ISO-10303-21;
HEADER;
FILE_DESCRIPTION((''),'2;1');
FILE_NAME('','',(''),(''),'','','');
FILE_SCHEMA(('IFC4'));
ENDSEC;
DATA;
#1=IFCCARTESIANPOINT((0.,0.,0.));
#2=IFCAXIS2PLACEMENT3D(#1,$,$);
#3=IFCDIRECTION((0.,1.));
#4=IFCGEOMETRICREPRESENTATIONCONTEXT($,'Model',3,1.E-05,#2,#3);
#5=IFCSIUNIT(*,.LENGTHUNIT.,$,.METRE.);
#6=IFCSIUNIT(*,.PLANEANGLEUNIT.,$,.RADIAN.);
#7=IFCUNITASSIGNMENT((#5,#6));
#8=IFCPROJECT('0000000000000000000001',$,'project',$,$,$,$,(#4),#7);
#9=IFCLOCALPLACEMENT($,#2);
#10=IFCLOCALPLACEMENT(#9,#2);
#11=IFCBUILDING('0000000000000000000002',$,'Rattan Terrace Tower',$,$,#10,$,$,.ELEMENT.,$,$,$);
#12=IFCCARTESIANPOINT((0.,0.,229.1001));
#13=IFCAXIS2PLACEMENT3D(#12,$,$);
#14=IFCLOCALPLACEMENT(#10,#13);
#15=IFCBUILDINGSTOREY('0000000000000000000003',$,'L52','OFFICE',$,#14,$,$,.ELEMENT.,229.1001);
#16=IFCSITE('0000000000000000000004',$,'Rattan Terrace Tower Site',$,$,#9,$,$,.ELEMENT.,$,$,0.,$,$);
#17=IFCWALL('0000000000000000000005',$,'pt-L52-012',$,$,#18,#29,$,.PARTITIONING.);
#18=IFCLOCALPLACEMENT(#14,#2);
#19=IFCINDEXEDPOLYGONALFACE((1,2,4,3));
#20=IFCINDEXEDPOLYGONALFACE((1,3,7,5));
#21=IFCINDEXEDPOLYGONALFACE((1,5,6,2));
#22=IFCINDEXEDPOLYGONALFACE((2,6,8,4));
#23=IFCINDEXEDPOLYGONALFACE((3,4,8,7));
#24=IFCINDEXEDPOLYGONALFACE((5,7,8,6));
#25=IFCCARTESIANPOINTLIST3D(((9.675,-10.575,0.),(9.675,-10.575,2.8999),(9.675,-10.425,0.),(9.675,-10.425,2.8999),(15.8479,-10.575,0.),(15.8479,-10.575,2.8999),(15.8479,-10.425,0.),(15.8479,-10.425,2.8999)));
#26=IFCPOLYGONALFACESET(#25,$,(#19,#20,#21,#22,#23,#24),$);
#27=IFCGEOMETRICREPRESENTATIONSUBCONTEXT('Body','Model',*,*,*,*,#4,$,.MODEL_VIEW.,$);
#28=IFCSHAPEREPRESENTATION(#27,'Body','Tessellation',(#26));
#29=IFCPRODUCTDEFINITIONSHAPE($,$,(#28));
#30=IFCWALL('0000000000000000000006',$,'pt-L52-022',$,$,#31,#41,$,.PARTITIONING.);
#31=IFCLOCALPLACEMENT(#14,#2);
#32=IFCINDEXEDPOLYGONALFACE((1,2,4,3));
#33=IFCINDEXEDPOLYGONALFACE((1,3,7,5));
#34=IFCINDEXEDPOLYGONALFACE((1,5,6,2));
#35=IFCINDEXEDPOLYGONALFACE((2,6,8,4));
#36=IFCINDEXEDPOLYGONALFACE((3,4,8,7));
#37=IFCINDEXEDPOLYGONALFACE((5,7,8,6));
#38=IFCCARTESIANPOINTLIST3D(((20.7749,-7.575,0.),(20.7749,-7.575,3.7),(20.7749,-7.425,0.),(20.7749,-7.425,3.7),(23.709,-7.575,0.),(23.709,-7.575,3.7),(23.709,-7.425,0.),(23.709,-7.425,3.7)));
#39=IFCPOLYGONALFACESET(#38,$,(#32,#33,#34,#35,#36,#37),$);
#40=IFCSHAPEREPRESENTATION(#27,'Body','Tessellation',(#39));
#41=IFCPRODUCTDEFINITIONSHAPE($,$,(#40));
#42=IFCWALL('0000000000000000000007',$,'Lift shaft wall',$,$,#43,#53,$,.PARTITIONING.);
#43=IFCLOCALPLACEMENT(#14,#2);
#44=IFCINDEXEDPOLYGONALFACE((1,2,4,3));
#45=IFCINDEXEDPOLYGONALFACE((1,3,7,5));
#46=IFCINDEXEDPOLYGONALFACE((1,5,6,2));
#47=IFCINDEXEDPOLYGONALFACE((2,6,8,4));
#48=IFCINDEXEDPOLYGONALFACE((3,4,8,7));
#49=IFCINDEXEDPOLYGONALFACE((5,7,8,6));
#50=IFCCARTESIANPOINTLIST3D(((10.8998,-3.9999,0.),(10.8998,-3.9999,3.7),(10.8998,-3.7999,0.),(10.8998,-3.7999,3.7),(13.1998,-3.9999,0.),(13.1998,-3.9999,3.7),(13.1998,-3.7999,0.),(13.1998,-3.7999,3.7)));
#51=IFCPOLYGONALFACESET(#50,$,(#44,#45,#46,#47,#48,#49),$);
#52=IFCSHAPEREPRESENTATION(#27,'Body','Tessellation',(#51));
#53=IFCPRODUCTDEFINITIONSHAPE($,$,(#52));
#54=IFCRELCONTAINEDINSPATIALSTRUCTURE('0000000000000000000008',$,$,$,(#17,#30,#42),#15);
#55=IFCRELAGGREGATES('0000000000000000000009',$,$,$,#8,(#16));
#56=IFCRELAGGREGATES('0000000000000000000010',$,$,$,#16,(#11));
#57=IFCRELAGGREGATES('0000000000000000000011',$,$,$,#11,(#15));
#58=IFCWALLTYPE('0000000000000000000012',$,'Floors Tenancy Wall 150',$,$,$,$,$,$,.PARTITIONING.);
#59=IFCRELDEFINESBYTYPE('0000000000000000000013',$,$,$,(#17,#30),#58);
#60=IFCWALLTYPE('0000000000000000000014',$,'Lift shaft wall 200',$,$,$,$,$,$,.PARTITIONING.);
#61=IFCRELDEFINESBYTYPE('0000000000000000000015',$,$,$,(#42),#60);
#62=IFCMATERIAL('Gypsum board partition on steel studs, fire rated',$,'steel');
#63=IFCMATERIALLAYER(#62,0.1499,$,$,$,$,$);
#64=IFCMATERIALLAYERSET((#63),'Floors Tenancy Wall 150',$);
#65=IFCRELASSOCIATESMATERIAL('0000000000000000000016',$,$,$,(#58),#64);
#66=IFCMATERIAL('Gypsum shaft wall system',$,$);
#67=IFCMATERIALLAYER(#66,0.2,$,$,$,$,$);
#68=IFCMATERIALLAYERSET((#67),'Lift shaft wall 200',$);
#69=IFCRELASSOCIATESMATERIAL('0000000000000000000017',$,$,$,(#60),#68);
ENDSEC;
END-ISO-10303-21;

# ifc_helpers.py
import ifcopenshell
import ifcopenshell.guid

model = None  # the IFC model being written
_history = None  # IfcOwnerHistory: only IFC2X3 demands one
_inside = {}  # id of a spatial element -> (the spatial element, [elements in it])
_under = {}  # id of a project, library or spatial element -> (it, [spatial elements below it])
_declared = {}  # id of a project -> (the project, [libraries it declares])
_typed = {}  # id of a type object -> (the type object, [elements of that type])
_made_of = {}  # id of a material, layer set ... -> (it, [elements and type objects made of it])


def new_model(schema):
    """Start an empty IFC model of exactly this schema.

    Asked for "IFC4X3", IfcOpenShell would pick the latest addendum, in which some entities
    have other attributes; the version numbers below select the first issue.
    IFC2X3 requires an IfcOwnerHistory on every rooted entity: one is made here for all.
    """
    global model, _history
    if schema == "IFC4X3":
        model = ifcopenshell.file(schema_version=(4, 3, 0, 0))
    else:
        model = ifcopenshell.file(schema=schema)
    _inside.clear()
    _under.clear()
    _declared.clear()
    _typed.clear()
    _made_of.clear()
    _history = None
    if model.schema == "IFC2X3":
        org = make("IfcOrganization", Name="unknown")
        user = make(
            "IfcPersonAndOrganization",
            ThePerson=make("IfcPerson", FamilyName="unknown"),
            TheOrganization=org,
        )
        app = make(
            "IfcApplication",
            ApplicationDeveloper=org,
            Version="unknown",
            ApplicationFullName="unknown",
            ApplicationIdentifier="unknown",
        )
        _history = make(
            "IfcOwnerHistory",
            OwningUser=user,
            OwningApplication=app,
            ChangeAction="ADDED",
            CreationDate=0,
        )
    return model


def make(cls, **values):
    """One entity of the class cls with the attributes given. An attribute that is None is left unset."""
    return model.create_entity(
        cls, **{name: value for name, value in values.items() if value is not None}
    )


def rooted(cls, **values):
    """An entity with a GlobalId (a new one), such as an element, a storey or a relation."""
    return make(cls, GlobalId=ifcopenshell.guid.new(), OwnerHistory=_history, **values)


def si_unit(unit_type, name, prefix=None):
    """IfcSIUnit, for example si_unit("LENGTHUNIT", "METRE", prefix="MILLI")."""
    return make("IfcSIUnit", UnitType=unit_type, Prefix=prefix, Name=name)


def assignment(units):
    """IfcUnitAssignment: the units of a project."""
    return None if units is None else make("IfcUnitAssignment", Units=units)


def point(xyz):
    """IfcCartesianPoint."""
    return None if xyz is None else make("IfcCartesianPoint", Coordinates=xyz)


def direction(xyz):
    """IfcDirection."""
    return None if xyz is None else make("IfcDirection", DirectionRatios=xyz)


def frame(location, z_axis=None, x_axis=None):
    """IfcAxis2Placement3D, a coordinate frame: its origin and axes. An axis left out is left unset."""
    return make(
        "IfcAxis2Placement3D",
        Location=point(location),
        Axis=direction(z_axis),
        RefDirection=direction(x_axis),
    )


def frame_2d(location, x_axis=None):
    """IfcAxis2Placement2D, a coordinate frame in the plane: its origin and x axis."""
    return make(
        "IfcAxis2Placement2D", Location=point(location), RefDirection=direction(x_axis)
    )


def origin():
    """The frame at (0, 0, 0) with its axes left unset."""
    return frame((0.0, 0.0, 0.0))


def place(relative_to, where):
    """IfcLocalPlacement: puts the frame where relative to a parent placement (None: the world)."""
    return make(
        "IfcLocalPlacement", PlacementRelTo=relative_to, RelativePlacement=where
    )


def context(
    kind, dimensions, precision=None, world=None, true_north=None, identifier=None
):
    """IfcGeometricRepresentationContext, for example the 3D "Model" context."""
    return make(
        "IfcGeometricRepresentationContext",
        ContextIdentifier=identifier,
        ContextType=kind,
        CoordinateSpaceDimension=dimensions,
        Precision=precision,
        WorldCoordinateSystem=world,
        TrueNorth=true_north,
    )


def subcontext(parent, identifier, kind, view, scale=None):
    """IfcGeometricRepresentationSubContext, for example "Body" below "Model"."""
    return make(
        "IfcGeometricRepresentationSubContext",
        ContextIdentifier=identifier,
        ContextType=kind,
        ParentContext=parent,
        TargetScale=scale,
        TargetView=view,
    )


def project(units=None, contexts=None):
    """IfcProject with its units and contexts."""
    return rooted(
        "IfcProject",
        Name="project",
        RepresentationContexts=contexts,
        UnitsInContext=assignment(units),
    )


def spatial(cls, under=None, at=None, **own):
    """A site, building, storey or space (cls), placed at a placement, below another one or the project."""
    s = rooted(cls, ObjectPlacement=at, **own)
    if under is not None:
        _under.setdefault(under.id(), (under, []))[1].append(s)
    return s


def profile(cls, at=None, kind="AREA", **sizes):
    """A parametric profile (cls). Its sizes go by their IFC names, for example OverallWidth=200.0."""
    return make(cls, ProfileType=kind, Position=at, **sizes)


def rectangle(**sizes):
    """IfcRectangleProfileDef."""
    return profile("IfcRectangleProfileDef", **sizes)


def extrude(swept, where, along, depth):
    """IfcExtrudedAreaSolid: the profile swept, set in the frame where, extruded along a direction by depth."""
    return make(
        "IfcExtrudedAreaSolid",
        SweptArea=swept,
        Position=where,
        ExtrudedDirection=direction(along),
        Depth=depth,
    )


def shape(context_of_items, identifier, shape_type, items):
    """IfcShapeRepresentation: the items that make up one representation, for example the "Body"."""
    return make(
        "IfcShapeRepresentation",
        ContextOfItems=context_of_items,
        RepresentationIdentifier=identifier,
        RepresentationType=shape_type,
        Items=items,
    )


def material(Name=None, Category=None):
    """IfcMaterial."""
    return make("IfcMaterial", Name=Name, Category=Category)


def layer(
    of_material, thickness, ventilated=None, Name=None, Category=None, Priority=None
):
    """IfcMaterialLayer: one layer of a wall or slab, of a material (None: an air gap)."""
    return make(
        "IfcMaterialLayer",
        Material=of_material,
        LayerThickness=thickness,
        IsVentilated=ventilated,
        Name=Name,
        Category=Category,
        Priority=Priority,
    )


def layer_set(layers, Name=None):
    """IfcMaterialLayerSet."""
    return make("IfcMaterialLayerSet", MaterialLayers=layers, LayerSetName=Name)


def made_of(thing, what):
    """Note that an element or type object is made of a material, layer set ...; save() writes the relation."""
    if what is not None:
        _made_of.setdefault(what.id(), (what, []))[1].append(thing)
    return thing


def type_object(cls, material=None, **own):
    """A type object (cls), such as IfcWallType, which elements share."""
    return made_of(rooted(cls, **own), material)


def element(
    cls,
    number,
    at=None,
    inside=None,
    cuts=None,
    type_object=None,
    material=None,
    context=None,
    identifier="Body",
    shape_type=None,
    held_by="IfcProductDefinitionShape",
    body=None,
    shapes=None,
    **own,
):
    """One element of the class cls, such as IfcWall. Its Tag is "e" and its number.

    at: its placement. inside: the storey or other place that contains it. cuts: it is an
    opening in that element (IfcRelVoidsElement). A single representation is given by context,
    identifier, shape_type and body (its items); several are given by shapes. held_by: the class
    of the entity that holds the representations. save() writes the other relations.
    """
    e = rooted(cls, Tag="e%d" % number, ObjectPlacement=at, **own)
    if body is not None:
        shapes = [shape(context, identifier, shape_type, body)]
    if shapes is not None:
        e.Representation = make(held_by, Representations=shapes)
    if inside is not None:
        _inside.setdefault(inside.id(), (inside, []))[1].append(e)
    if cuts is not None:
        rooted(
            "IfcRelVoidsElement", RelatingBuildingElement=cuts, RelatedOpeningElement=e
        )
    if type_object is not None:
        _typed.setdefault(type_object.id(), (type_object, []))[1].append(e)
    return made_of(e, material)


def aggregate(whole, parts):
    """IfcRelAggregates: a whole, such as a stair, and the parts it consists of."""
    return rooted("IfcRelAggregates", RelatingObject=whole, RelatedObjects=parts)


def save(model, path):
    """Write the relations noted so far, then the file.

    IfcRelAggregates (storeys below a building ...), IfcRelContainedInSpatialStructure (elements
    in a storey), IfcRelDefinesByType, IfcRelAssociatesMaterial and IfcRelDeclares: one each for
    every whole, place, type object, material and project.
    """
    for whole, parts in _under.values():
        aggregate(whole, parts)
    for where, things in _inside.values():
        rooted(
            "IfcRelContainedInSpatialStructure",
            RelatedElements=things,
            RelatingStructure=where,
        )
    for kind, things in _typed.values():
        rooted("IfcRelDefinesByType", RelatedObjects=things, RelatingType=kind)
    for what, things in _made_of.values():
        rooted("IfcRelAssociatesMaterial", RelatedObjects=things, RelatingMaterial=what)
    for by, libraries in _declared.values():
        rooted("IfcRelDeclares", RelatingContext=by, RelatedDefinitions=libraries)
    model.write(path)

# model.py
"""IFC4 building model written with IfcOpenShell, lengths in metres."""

from ifc_helpers import new_model, si_unit, direction, frame, frame_2d, origin, place, context, subcontext, project, spatial, rectangle, extrude, material, layer, layer_set, type_object, element, save


model = new_model("IFC4")

# Units and contexts
model_context = context("Model", 3, precision=1e-05, world=origin(), true_north=direction((0.0, 1.0)))
body_context = subcontext(model_context, "Body", "Model", "MODEL_VIEW")
ifc_project = project(units=[si_unit("LENGTHUNIT", "METRE"), si_unit("PLANEANGLEUNIT", "RADIAN")], contexts=[model_context])

# Site, building, storey
site_placement = place(None, origin())
site = spatial("IfcSite", under=ifc_project, at=site_placement, Name="Rattan Terrace Tower Site", CompositionType="ELEMENT", RefElevation=0.0)
building_placement = place(site_placement, origin())
building = spatial("IfcBuilding", under=site, at=building_placement, Name="Rattan Terrace Tower", CompositionType="ELEMENT")
storey_placement = place(building_placement, frame((0.0, 0.0, 229.1001)))
storey = spatial("IfcBuildingStorey", under=building, at=storey_placement, Name="L52", Description="OFFICE", CompositionType="ELEMENT", Elevation=229.1001)

# Walls
ifc_material_1 = material(Name="Gypsum board partition on steel studs, fire rated", Category="steel")
ifc_layer_1 = layer(ifc_material_1, 0.1499)
ifc_layer_set_1 = layer_set([ifc_layer_1], Name="Floors Tenancy Wall 150")
wall_type_1 = type_object("IfcWallType", Name="Floors Tenancy Wall 150", PredefinedType="PARTITIONING", material=ifc_layer_set_1)
wall_1_placement = place(storey_placement, frame((15.8479, -10.5, 0.0), z_axis=(0.0, 0.0, 1.0), x_axis=(-1.0, 0.0, 0.0)))
element("IfcWall", 1, at=wall_1_placement, inside=storey, type_object=wall_type_1, Name="pt-L52-012", PredefinedType="PARTITIONING", context=body_context, shape_type="SweptSolid", body=[
    extrude(rectangle(XDim=6.1729, YDim=0.1499, at=frame_2d((3.0864, 0.0))), origin(), (0.0, 0.0, 1.0), 2.8999),
])
wall_2_placement = place(storey_placement, frame((20.7749, -7.5, 0.0), z_axis=(0.0, 0.0, 1.0), x_axis=(1.0, 0.0, 0.0)))
element("IfcWall", 2, at=wall_2_placement, inside=storey, type_object=wall_type_1, Name="pt-L52-022", PredefinedType="PARTITIONING", context=body_context, shape_type="SweptSolid", body=[
    extrude(rectangle(XDim=2.9341, YDim=0.1499, at=frame_2d((1.467, 0.0))), origin(), (0.0, 0.0, 1.0), 3.7),
])
ifc_material_2 = material(Name="Gypsum shaft wall system")
ifc_layer_2 = layer(ifc_material_2, 0.2)
ifc_layer_set_2 = layer_set([ifc_layer_2], Name="Lift shaft wall 200")
wall_type_2 = type_object("IfcWallType", Name="Lift shaft wall 200", PredefinedType="PARTITIONING", material=ifc_layer_set_2)
wall_3_placement = place(storey_placement, frame((10.8999, -3.8999, 0.0), z_axis=(0.0, 0.0, 1.0), x_axis=(1.0, 0.0, 0.0)))
element("IfcWall", 3, at=wall_3_placement, inside=storey, type_object=wall_type_2, Name="Lift shaft wall", PredefinedType="PARTITIONING", context=body_context, shape_type="SweptSolid", body=[
    extrude(rectangle(XDim=2.3, YDim=0.2, at=frame_2d((1.1499, 0.0))), origin(), (0.0, 0.0, 1.0), 3.7),
])

save(model, "model.ifc")
